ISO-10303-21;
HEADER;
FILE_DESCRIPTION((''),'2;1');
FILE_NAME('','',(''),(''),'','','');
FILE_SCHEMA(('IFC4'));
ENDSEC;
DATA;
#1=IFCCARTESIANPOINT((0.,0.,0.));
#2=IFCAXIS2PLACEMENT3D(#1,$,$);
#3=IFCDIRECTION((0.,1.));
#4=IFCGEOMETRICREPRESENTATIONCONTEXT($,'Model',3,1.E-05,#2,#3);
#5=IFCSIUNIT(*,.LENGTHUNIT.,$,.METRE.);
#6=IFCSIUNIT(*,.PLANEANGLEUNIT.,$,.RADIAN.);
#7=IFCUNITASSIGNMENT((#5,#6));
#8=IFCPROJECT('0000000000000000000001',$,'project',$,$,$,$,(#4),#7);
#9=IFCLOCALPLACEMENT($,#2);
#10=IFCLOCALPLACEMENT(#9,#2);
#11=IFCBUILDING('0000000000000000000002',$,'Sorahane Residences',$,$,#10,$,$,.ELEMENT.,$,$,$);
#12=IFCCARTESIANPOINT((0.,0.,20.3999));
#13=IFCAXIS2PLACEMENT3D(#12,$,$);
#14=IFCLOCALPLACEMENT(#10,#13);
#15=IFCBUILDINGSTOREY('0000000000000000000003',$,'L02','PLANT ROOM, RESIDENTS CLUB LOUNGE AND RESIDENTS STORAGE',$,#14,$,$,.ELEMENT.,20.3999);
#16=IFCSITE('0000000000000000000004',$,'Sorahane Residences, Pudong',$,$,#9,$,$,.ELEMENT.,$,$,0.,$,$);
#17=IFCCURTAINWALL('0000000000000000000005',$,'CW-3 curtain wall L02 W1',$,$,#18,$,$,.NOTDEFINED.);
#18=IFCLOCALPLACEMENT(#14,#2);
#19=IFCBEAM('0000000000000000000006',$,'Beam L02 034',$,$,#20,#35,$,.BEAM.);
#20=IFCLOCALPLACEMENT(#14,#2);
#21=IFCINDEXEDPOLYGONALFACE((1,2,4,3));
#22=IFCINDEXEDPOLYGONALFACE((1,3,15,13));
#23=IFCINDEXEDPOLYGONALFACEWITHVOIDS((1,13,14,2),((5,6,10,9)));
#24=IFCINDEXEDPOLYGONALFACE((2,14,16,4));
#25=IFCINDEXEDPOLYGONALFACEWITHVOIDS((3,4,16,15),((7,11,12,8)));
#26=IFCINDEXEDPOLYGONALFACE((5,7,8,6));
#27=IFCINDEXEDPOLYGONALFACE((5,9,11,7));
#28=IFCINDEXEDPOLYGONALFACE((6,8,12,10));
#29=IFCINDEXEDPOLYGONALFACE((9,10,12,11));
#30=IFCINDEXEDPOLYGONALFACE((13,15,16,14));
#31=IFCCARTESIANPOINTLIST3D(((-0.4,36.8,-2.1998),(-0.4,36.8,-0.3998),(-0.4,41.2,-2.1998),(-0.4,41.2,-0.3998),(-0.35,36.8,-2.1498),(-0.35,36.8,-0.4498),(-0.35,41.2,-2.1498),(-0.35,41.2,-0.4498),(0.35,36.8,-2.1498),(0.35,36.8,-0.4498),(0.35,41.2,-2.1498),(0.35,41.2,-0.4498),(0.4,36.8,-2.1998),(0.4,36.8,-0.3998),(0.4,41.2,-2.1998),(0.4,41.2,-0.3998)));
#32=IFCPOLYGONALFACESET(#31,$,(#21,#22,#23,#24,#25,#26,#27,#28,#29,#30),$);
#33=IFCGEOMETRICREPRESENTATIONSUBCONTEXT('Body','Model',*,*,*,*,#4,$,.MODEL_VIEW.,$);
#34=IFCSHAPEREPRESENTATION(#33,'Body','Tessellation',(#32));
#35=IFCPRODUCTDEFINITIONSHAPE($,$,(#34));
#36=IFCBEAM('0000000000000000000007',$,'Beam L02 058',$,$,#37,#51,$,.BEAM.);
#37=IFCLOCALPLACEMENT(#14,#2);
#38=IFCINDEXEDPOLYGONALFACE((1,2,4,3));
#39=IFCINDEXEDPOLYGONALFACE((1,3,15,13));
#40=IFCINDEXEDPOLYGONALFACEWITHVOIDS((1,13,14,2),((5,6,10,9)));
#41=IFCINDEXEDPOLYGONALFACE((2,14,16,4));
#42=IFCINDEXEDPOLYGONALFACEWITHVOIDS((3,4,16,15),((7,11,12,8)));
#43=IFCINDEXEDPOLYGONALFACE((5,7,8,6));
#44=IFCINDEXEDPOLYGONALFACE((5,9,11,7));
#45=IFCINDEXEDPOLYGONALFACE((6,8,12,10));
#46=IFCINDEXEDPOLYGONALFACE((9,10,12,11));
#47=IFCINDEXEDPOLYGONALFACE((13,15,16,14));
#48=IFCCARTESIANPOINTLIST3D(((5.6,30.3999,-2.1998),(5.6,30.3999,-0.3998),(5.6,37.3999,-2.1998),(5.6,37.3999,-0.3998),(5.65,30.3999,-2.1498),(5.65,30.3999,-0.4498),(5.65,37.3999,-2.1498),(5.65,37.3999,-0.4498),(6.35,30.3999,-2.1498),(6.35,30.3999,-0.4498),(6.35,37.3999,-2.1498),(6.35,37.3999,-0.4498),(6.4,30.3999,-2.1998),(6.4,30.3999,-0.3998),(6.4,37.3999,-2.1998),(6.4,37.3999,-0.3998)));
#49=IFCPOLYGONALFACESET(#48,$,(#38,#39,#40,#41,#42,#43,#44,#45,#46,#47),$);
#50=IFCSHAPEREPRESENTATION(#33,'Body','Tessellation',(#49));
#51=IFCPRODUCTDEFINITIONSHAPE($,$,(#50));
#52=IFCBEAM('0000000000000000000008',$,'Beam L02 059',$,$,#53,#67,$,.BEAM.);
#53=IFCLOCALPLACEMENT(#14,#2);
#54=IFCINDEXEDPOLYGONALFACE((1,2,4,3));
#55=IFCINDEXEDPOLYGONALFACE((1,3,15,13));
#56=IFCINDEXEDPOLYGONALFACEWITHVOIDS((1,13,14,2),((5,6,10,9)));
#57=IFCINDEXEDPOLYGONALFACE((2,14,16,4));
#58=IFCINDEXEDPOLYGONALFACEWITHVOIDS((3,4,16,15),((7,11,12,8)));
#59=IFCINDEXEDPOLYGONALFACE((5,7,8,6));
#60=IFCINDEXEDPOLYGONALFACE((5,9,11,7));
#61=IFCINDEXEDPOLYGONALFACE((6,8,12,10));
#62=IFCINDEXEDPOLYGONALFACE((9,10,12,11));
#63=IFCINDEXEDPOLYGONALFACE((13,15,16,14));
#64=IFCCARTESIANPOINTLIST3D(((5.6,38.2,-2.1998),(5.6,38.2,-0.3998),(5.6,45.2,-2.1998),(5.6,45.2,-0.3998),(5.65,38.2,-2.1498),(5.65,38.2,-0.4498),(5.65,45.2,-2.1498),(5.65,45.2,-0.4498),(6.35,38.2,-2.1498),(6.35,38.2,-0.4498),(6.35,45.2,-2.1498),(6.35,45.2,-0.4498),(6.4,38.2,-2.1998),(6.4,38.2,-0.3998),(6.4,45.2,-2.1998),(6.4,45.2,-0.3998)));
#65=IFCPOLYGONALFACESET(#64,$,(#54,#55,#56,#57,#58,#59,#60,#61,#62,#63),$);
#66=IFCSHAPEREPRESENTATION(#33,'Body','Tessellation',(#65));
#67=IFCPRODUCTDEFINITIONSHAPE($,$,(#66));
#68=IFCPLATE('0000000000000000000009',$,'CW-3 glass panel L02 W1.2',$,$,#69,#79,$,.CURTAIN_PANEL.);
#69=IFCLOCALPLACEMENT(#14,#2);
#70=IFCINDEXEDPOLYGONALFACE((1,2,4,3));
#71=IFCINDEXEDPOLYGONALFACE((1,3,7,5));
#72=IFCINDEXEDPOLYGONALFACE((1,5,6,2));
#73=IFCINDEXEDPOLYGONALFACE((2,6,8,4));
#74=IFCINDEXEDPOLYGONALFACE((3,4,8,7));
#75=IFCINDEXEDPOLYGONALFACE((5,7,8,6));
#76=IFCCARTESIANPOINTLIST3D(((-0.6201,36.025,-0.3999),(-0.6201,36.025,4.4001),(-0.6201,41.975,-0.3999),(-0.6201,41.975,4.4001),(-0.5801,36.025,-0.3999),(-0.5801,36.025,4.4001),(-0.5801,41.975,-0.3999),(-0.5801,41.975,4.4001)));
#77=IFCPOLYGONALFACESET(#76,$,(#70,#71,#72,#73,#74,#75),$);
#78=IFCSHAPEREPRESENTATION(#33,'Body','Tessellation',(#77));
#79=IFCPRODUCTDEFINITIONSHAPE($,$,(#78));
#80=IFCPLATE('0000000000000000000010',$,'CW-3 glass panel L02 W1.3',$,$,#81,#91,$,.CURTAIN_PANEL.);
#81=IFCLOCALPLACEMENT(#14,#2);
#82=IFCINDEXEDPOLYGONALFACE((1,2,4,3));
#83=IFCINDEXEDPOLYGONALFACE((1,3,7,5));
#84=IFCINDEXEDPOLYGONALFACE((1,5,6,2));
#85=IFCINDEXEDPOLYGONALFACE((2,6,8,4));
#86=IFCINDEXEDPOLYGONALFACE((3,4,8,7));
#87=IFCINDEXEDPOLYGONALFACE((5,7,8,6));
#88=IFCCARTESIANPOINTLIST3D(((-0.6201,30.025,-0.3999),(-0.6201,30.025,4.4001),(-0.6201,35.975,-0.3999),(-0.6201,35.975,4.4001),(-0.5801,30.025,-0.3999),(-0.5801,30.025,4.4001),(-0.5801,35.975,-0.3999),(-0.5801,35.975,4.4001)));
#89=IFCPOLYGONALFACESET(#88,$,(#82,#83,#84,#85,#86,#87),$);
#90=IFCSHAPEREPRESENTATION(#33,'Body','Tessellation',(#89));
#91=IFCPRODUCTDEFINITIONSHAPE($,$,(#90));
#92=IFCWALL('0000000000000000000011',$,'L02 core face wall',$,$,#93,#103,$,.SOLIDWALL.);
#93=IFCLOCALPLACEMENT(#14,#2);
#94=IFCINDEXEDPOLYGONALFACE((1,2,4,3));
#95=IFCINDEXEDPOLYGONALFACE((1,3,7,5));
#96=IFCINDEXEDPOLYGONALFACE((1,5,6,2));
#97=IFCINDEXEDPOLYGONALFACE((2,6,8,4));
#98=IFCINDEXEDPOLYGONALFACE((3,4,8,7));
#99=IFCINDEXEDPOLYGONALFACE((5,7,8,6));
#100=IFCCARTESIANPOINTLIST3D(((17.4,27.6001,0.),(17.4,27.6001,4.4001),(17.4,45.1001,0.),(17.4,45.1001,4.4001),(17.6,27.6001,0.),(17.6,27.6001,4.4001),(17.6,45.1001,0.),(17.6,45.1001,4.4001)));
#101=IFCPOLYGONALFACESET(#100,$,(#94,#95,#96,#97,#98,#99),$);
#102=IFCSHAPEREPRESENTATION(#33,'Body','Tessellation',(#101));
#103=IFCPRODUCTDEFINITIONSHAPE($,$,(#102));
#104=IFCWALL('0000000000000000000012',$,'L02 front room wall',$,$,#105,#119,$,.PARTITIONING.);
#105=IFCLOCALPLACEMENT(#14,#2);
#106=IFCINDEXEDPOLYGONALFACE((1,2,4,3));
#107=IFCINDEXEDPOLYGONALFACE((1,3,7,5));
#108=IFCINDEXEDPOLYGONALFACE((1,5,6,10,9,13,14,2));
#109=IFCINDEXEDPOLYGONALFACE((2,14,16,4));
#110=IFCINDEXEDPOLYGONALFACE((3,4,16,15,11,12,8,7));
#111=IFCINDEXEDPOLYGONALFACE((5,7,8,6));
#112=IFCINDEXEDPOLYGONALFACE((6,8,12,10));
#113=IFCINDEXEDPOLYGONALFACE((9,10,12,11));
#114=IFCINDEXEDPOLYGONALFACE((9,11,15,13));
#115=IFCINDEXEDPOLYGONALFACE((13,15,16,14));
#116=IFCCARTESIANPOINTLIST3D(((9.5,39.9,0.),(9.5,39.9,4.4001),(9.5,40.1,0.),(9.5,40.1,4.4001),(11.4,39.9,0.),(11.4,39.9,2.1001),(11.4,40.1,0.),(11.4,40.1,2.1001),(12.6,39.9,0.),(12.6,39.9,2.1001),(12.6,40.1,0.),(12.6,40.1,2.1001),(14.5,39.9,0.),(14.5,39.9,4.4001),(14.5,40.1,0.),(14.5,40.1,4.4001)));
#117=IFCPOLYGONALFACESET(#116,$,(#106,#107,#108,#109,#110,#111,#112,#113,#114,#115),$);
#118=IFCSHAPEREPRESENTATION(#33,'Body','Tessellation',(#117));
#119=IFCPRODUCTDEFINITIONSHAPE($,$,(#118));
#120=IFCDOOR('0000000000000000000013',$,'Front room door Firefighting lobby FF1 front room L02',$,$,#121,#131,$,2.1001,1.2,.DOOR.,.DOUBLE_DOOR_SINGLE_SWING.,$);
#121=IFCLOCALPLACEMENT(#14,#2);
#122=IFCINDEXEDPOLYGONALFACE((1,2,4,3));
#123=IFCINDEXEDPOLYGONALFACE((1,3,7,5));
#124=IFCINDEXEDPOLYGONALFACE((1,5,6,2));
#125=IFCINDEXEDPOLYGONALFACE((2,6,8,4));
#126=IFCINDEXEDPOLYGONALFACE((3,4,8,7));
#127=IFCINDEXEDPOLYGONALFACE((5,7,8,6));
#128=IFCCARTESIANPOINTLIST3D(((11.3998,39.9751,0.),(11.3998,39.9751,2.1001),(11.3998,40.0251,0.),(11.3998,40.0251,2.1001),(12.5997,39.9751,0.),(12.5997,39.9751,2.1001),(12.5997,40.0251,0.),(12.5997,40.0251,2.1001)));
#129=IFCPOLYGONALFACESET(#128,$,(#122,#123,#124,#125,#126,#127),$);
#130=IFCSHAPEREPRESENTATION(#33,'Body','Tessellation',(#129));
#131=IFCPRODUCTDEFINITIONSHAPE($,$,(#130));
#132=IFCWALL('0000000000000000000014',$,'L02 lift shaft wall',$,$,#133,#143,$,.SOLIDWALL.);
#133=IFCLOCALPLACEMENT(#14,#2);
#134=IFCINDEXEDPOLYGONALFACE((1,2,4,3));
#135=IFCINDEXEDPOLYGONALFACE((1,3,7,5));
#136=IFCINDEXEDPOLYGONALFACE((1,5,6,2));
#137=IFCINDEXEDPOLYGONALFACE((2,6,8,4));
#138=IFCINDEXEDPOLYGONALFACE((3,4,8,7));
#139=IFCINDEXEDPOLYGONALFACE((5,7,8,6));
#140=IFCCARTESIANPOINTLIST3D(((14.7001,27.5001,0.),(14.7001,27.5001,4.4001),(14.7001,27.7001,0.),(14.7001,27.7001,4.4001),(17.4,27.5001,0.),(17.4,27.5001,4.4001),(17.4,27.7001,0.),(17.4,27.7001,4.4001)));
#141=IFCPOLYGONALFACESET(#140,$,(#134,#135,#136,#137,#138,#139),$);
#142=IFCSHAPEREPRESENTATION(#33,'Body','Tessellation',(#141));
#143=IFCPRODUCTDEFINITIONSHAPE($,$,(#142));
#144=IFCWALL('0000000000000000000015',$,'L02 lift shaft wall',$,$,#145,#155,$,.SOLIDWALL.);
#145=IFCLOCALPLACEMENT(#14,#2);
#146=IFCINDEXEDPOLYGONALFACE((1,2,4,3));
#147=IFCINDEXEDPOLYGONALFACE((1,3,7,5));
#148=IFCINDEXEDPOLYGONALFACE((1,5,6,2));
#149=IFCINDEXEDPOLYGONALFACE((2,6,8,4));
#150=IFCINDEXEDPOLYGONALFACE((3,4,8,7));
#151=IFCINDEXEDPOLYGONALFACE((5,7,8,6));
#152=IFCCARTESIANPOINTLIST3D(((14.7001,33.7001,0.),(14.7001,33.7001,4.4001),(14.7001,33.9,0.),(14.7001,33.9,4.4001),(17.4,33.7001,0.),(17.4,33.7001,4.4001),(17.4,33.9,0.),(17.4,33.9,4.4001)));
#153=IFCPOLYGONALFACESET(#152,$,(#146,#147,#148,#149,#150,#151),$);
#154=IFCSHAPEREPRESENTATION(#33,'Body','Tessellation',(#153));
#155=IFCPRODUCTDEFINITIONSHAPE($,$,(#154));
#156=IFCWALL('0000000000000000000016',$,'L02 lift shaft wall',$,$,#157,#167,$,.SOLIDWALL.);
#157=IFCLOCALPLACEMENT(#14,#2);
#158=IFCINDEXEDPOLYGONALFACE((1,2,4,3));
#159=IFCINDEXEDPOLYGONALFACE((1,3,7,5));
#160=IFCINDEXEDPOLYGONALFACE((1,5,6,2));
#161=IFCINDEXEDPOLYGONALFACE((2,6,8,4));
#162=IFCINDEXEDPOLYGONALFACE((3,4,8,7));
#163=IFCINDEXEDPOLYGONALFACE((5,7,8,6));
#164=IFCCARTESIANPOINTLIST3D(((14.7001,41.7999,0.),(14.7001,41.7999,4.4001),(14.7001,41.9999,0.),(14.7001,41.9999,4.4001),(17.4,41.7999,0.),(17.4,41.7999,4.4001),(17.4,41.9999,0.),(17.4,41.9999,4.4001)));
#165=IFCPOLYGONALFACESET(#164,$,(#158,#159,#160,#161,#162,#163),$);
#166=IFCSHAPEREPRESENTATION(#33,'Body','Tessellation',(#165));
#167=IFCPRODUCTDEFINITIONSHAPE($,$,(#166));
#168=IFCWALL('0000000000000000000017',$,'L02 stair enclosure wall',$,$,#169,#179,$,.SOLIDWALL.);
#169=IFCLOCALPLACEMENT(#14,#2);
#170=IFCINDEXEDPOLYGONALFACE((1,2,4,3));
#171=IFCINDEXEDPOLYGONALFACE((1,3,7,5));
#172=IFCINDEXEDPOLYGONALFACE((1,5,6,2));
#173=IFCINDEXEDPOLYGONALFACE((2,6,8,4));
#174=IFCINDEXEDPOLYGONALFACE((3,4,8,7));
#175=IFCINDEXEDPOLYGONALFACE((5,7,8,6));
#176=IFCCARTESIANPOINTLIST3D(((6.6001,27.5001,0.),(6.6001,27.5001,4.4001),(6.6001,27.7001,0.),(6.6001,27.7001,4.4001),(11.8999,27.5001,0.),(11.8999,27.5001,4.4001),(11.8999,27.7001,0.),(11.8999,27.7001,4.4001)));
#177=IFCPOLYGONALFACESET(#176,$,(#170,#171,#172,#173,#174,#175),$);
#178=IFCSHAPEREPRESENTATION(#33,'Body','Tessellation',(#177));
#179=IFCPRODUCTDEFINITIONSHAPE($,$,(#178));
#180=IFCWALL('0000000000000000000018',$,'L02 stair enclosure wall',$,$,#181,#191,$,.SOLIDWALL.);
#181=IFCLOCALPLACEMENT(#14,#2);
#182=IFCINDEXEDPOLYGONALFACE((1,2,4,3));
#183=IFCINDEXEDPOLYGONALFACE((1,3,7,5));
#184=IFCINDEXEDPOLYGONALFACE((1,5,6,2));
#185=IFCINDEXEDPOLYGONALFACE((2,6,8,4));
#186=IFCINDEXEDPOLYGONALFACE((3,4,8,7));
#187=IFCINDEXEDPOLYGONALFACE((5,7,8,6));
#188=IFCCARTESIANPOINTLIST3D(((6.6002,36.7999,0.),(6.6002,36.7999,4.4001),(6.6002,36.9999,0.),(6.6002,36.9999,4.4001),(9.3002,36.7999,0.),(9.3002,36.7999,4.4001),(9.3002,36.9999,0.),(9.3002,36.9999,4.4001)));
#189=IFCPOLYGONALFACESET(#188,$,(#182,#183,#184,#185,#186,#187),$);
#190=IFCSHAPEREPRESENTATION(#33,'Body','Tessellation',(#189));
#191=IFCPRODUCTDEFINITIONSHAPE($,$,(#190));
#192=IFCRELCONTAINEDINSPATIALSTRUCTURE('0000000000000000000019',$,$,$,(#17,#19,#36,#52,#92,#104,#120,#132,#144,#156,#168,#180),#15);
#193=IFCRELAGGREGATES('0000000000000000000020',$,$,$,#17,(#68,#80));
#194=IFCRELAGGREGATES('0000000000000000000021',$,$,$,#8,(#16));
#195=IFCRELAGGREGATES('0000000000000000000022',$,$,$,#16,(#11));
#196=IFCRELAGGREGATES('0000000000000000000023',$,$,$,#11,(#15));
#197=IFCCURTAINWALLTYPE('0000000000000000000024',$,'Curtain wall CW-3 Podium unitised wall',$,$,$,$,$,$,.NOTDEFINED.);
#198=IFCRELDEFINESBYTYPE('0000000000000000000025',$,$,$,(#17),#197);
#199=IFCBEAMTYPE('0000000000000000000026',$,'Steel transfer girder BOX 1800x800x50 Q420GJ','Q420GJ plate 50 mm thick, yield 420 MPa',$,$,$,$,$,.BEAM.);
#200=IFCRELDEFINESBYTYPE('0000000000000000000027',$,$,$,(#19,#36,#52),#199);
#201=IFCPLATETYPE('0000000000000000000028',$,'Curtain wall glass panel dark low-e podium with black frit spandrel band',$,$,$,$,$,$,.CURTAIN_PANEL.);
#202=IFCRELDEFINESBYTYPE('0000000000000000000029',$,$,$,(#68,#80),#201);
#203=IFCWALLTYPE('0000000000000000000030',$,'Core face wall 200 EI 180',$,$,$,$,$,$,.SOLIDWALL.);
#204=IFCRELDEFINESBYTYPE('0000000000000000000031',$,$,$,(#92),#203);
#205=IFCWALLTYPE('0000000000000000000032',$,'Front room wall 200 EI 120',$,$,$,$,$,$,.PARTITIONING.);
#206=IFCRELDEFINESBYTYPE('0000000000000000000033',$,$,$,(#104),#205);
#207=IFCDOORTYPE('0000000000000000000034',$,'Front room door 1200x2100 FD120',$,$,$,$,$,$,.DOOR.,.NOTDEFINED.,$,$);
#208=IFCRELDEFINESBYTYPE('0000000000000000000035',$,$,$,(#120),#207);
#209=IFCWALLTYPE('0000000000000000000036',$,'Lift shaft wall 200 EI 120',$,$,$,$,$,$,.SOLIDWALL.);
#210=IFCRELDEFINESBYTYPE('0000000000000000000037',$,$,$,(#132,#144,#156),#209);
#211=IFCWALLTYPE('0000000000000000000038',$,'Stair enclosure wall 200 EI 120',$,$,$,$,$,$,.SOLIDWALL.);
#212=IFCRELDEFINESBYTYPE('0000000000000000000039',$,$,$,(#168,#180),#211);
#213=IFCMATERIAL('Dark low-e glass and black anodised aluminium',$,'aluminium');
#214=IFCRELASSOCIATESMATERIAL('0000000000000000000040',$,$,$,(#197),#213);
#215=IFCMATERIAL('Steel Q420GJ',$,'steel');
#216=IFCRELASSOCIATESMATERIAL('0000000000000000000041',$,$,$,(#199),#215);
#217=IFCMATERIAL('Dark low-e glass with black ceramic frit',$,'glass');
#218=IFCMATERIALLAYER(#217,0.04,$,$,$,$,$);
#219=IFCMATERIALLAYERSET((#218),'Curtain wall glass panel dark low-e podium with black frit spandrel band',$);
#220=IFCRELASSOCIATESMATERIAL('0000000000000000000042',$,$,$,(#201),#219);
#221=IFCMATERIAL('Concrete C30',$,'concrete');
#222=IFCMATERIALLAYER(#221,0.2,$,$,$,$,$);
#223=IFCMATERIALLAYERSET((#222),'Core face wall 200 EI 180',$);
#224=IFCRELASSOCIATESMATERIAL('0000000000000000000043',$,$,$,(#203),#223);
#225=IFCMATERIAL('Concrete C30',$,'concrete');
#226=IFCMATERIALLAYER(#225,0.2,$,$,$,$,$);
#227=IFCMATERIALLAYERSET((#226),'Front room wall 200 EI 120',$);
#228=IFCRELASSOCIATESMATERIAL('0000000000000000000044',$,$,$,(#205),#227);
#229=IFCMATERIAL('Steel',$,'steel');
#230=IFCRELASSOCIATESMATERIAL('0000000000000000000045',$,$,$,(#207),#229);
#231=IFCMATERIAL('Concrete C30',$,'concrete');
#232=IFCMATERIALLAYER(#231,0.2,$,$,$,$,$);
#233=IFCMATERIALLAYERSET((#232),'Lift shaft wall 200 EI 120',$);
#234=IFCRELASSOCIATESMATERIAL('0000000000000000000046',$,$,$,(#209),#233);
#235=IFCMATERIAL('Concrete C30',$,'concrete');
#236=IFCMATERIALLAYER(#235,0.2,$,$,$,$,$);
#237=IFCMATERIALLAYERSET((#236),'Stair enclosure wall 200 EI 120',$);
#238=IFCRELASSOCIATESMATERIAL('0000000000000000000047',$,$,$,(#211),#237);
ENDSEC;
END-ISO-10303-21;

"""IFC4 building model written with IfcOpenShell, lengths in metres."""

from ifc_helpers import new_model, si_unit, direction, frame, frame_2d, origin, origin_2d, place, context, subcontext, project, spatial, rectangle, hollow_rectangle, extrude, material, layer, layer_set, material_profile, profile_set, type_object, element, fill, aggregate, save


model = new_model("IFC4")

# Units and contexts
model_context = context("Model", 3, precision=1e-05, world=origin(), true_north=direction((0.0, 1.0)))
body_context = subcontext(model_context, "Body", "Model", "MODEL_VIEW")
ifc_project = project(units=[si_unit("LENGTHUNIT", "METRE"), si_unit("PLANEANGLEUNIT", "RADIAN")], contexts=[model_context])

# Site, building, storey
site_placement = place(None, origin())
site = spatial("IfcSite", under=ifc_project, at=site_placement, Name="Sorahane Residences, Pudong", CompositionType="ELEMENT", RefElevation=0.0)
building_placement = place(site_placement, origin())
building = spatial("IfcBuilding", under=site, at=building_placement, Name="Sorahane Residences", CompositionType="ELEMENT")
storey_placement = place(building_placement, frame((0.0, 0.0, 20.3999)))
storey = spatial("IfcBuildingStorey", under=building, at=storey_placement, Name="L02", Description="PLANT ROOM, RESIDENTS CLUB LOUNGE AND RESIDENTS STORAGE", CompositionType="ELEMENT", Elevation=20.3999)

# Curtain wall
ifc_material_1 = material(Name="Dark low-e glass and black anodised aluminium", Category="aluminium")
curtain_wall_type = type_object("IfcCurtainWallType", Name="Curtain wall CW-3 Podium unitised wall", PredefinedType="NOTDEFINED", material=ifc_material_1)
curtain_wall_placement = place(storey_placement, origin())
curtain_wall = element("IfcCurtainWall", 1, at=curtain_wall_placement, inside=storey, type_object=curtain_wall_type, Name="CW-3 curtain wall L02 W1", PredefinedType="NOTDEFINED")

# Beams
ifc_material_2 = material(Name="Steel Q420GJ", Category="steel")
ifc_material_profile_1 = material_profile(ifc_material_2, hollow_rectangle(XDim=0.8, YDim=1.8, WallThickness=0.05, at=origin_2d()), Name="BOX 1800x800x50")
ifc_profile_set_1 = profile_set([ifc_material_profile_1], Name="Steel Q420GJ")
beam_type_1 = type_object("IfcBeamType", Name="Steel transfer girder BOX 1800x800x50 Q420GJ", Description="Q420GJ plate 50 mm thick, yield 420 MPa", PredefinedType="BEAM", material=ifc_profile_set_1)
beam_placement = place(storey_placement, frame((0.0, 36.8, -1.2998), z_axis=(0.0, 1.0, 0.0), x_axis=(-1.0, 0.0, 0.0)))
element("IfcBeam", 2, at=beam_placement, inside=storey, type_object=beam_type_1, Name="Beam L02 034", PredefinedType="BEAM", context=body_context, shape_type="SweptSolid", body=[
    extrude(hollow_rectangle(XDim=0.8, YDim=1.8, WallThickness=0.05, at=origin_2d()), origin(), (0.0, 0.0, 1.0), 4.3999),
])
for number, where, z_axis, x_axis, name in (
    (3, (6.0, 30.3999, -1.2998), (0.0, 1.0, 0.0), (-1.0, 0.0, 0.0), "Beam L02 058"),
    (4, (6.0, 38.2, -1.2998), (0.0, 1.0, 0.0), (-1.0, 0.0, 0.0), "Beam L02 059"),
):
    element("IfcBeam", number, at=place(storey_placement, frame(where, z_axis=z_axis, x_axis=x_axis)), inside=storey, type_object=beam_type_1, Name=name, PredefinedType="BEAM", context=body_context, shape_type="SweptSolid", body=[
        extrude(hollow_rectangle(XDim=0.8, YDim=1.8, WallThickness=0.05, at=origin_2d()), origin(), (0.0, 0.0, 1.0), 7.0),
    ])

# Plates
ifc_material_3 = material(Name="Dark low-e glass with black ceramic frit", Category="glass")
ifc_layer_1 = layer(ifc_material_3, 0.04)
ifc_layer_set_1 = layer_set([ifc_layer_1], Name="Curtain wall glass panel dark low-e podium with black frit spandrel band")
plate_type = type_object("IfcPlateType", Name="Curtain wall glass panel dark low-e podium with black frit spandrel band", PredefinedType="CURTAIN_PANEL", material=ifc_layer_set_1)
plate_1_placement = place(storey_placement, frame((-0.6001, 39.0, -0.3999), z_axis=(0.0, 0.0, 1.0), x_axis=(0.0, -1.0, 0.0)))
plate_1 = element("IfcPlate", 5, at=plate_1_placement, type_object=plate_type, Name="CW-3 glass panel L02 W1.2", PredefinedType="CURTAIN_PANEL", context=body_context, shape_type="SweptSolid", body=[
    extrude(rectangle(XDim=5.95, YDim=0.04, at=origin_2d()), origin(), (0.0, 0.0, 1.0), 4.8),
])
plate_2_placement = place(storey_placement, frame((-0.6001, 33.0, -0.3999), z_axis=(0.0, 0.0, 1.0), x_axis=(0.0, -1.0, 0.0)))
plate_2 = element("IfcPlate", 6, at=plate_2_placement, type_object=plate_type, Name="CW-3 glass panel L02 W1.3", PredefinedType="CURTAIN_PANEL", context=body_context, shape_type="SweptSolid", body=[
    extrude(rectangle(XDim=5.95, YDim=0.04, at=origin_2d()), origin(), (0.0, 0.0, 1.0), 4.8),
])
aggregate(curtain_wall, [plate_1, plate_2])

# Wall
ifc_material_4 = material(Name="Concrete C30", Category="concrete")
ifc_layer_2 = layer(ifc_material_4, 0.2)
ifc_layer_set_2 = layer_set([ifc_layer_2], Name="Core face wall 200 EI 180")
wall_type_1 = type_object("IfcWallType", Name="Core face wall 200 EI 180", PredefinedType="SOLIDWALL", material=ifc_layer_set_2)
wall_1_placement = place(storey_placement, frame((17.5, 27.6001, 0.0), z_axis=(0.0, 0.0, 1.0), x_axis=(0.0, 1.0, 0.0)))
element("IfcWall", 7, at=wall_1_placement, inside=storey, type_object=wall_type_1, Name="L02 core face wall", PredefinedType="SOLIDWALL", context=body_context, shape_type="SweptSolid", body=[
    extrude(rectangle(XDim=17.5, YDim=0.2, at=frame_2d((8.75, 0.0))), origin(), (0.0, 0.0, 1.0), 4.4001),
])

# Wall, opening, door
ifc_material_5 = material(Name="Concrete C30", Category="concrete")
ifc_layer_3 = layer(ifc_material_5, 0.2)
ifc_layer_set_3 = layer_set([ifc_layer_3], Name="Front room wall 200 EI 120")
wall_type_2 = type_object("IfcWallType", Name="Front room wall 200 EI 120", PredefinedType="PARTITIONING", material=ifc_layer_set_3)
wall_2_placement = place(storey_placement, frame((9.5, 40.0, 0.0), z_axis=(0.0, 0.0, 1.0), x_axis=(1.0, 0.0, 0.0)))
wall_2 = element("IfcWall", 8, at=wall_2_placement, inside=storey, type_object=wall_type_2, Name="L02 front room wall", PredefinedType="PARTITIONING", context=body_context, shape_type="SweptSolid", body=[
    extrude(rectangle(XDim=5.0, YDim=0.2, at=frame_2d((2.5, 0.0))), origin(), (0.0, 0.0, 1.0), 4.4001),
])
opening_placement = place(wall_2_placement, frame((1.8999, 0.0, 0.0)))
opening = element("IfcOpeningElement", 9, at=opening_placement, cuts=wall_2, PredefinedType="OPENING", context=body_context, shape_type="SweptSolid", body=[
    extrude(rectangle(XDim=1.2, YDim=2.1001, at=frame_2d((0.6001, 1.05))), frame((0.0, 0.1099, 0.0), z_axis=(0.0, -1.0, 0.0), x_axis=(1.0, 0.0, 0.0)), (0.0, 0.0, 1.0), 0.22),
])
ifc_material_6 = material(Name="Steel", Category="steel")
door_type = type_object("IfcDoorType", Name="Front room door 1200x2100 FD120", OperationType="NOTDEFINED", PredefinedType="DOOR", material=ifc_material_6)
door_placement = place(opening_placement, frame((1.2, 0.0, 0.0), z_axis=(0.0, 0.0, 1.0), x_axis=(-1.0, 0.0, 0.0)))
door = element("IfcDoor", 10, at=door_placement, inside=storey, type_object=door_type, Name="Front room door Firefighting lobby FF1 front room L02", OperationType="DOUBLE_DOOR_SINGLE_SWING", OverallHeight=2.1001, OverallWidth=1.2, PredefinedType="DOOR", context=body_context, shape_type="SweptSolid", body=[
    extrude(rectangle(XDim=1.2, YDim=2.1001, at=frame_2d((0.6001, 1.05))), frame((0.0, 0.0249, 0.0), z_axis=(0.0, -1.0, 0.0), x_axis=(1.0, 0.0, 0.0)), (0.0, 0.0, 1.0), 0.05),
])
fill(opening, door)

# Walls
ifc_material_7 = material(Name="Concrete C30", Category="concrete")
ifc_layer_4 = layer(ifc_material_7, 0.2)
ifc_layer_set_4 = layer_set([ifc_layer_4], Name="Lift shaft wall 200 EI 120")
wall_type_3 = type_object("IfcWallType", Name="Lift shaft wall 200 EI 120", PredefinedType="SOLIDWALL", material=ifc_layer_set_4)
for number, where, z_axis, x_axis, name in (
    (11, (14.7, 27.6001, 0.0), (0.0, 0.0, 1.0), (1.0, 0.0, 0.0), "L02 lift shaft wall"),
    (12, (14.7, 33.8, 0.0), (0.0, 0.0, 1.0), (1.0, 0.0, 0.0), "L02 lift shaft wall"),
    (13, (14.7, 41.8999, 0.0), (0.0, 0.0, 1.0), (1.0, 0.0, 0.0), "L02 lift shaft wall"),
):
    element("IfcWall", number, at=place(storey_placement, frame(where, z_axis=z_axis, x_axis=x_axis)), inside=storey, type_object=wall_type_3, Name=name, PredefinedType="SOLIDWALL", context=body_context, shape_type="SweptSolid", body=[
        extrude(rectangle(XDim=2.7, YDim=0.2, at=frame_2d((1.3501, 0.0))), origin(), (0.0, 0.0, 1.0), 4.4001),
    ])
ifc_material_8 = material(Name="Concrete C30", Category="concrete")
ifc_layer_5 = layer(ifc_material_8, 0.2)
ifc_layer_set_5 = layer_set([ifc_layer_5], Name="Stair enclosure wall 200 EI 120")
wall_type_4 = type_object("IfcWallType", Name="Stair enclosure wall 200 EI 120", PredefinedType="SOLIDWALL", material=ifc_layer_set_5)
wall_3_placement = place(storey_placement, frame((6.6001, 27.6001, 0.0), z_axis=(0.0, 0.0, 1.0), x_axis=(1.0, 0.0, 0.0)))
element("IfcWall", 14, at=wall_3_placement, inside=storey, type_object=wall_type_4, Name="L02 stair enclosure wall", PredefinedType="SOLIDWALL", context=body_context, shape_type="SweptSolid", body=[
    extrude(rectangle(XDim=5.2998, YDim=0.2, at=frame_2d((2.6499, 0.0))), origin(), (0.0, 0.0, 1.0), 4.4001),
])
wall_4_placement = place(storey_placement, frame((6.6001, 36.8999, 0.0), z_axis=(0.0, 0.0, 1.0), x_axis=(1.0, 0.0, 0.0)))
element("IfcWall", 15, at=wall_4_placement, inside=storey, type_object=wall_type_4, Name="L02 stair enclosure wall", PredefinedType="SOLIDWALL", context=body_context, shape_type="SweptSolid", body=[
    extrude(rectangle(XDim=2.7, YDim=0.2, at=frame_2d((1.3501, 0.0))), origin(), (0.0, 0.0, 1.0), 4.4001),
])

save(model, "model.ifc")
